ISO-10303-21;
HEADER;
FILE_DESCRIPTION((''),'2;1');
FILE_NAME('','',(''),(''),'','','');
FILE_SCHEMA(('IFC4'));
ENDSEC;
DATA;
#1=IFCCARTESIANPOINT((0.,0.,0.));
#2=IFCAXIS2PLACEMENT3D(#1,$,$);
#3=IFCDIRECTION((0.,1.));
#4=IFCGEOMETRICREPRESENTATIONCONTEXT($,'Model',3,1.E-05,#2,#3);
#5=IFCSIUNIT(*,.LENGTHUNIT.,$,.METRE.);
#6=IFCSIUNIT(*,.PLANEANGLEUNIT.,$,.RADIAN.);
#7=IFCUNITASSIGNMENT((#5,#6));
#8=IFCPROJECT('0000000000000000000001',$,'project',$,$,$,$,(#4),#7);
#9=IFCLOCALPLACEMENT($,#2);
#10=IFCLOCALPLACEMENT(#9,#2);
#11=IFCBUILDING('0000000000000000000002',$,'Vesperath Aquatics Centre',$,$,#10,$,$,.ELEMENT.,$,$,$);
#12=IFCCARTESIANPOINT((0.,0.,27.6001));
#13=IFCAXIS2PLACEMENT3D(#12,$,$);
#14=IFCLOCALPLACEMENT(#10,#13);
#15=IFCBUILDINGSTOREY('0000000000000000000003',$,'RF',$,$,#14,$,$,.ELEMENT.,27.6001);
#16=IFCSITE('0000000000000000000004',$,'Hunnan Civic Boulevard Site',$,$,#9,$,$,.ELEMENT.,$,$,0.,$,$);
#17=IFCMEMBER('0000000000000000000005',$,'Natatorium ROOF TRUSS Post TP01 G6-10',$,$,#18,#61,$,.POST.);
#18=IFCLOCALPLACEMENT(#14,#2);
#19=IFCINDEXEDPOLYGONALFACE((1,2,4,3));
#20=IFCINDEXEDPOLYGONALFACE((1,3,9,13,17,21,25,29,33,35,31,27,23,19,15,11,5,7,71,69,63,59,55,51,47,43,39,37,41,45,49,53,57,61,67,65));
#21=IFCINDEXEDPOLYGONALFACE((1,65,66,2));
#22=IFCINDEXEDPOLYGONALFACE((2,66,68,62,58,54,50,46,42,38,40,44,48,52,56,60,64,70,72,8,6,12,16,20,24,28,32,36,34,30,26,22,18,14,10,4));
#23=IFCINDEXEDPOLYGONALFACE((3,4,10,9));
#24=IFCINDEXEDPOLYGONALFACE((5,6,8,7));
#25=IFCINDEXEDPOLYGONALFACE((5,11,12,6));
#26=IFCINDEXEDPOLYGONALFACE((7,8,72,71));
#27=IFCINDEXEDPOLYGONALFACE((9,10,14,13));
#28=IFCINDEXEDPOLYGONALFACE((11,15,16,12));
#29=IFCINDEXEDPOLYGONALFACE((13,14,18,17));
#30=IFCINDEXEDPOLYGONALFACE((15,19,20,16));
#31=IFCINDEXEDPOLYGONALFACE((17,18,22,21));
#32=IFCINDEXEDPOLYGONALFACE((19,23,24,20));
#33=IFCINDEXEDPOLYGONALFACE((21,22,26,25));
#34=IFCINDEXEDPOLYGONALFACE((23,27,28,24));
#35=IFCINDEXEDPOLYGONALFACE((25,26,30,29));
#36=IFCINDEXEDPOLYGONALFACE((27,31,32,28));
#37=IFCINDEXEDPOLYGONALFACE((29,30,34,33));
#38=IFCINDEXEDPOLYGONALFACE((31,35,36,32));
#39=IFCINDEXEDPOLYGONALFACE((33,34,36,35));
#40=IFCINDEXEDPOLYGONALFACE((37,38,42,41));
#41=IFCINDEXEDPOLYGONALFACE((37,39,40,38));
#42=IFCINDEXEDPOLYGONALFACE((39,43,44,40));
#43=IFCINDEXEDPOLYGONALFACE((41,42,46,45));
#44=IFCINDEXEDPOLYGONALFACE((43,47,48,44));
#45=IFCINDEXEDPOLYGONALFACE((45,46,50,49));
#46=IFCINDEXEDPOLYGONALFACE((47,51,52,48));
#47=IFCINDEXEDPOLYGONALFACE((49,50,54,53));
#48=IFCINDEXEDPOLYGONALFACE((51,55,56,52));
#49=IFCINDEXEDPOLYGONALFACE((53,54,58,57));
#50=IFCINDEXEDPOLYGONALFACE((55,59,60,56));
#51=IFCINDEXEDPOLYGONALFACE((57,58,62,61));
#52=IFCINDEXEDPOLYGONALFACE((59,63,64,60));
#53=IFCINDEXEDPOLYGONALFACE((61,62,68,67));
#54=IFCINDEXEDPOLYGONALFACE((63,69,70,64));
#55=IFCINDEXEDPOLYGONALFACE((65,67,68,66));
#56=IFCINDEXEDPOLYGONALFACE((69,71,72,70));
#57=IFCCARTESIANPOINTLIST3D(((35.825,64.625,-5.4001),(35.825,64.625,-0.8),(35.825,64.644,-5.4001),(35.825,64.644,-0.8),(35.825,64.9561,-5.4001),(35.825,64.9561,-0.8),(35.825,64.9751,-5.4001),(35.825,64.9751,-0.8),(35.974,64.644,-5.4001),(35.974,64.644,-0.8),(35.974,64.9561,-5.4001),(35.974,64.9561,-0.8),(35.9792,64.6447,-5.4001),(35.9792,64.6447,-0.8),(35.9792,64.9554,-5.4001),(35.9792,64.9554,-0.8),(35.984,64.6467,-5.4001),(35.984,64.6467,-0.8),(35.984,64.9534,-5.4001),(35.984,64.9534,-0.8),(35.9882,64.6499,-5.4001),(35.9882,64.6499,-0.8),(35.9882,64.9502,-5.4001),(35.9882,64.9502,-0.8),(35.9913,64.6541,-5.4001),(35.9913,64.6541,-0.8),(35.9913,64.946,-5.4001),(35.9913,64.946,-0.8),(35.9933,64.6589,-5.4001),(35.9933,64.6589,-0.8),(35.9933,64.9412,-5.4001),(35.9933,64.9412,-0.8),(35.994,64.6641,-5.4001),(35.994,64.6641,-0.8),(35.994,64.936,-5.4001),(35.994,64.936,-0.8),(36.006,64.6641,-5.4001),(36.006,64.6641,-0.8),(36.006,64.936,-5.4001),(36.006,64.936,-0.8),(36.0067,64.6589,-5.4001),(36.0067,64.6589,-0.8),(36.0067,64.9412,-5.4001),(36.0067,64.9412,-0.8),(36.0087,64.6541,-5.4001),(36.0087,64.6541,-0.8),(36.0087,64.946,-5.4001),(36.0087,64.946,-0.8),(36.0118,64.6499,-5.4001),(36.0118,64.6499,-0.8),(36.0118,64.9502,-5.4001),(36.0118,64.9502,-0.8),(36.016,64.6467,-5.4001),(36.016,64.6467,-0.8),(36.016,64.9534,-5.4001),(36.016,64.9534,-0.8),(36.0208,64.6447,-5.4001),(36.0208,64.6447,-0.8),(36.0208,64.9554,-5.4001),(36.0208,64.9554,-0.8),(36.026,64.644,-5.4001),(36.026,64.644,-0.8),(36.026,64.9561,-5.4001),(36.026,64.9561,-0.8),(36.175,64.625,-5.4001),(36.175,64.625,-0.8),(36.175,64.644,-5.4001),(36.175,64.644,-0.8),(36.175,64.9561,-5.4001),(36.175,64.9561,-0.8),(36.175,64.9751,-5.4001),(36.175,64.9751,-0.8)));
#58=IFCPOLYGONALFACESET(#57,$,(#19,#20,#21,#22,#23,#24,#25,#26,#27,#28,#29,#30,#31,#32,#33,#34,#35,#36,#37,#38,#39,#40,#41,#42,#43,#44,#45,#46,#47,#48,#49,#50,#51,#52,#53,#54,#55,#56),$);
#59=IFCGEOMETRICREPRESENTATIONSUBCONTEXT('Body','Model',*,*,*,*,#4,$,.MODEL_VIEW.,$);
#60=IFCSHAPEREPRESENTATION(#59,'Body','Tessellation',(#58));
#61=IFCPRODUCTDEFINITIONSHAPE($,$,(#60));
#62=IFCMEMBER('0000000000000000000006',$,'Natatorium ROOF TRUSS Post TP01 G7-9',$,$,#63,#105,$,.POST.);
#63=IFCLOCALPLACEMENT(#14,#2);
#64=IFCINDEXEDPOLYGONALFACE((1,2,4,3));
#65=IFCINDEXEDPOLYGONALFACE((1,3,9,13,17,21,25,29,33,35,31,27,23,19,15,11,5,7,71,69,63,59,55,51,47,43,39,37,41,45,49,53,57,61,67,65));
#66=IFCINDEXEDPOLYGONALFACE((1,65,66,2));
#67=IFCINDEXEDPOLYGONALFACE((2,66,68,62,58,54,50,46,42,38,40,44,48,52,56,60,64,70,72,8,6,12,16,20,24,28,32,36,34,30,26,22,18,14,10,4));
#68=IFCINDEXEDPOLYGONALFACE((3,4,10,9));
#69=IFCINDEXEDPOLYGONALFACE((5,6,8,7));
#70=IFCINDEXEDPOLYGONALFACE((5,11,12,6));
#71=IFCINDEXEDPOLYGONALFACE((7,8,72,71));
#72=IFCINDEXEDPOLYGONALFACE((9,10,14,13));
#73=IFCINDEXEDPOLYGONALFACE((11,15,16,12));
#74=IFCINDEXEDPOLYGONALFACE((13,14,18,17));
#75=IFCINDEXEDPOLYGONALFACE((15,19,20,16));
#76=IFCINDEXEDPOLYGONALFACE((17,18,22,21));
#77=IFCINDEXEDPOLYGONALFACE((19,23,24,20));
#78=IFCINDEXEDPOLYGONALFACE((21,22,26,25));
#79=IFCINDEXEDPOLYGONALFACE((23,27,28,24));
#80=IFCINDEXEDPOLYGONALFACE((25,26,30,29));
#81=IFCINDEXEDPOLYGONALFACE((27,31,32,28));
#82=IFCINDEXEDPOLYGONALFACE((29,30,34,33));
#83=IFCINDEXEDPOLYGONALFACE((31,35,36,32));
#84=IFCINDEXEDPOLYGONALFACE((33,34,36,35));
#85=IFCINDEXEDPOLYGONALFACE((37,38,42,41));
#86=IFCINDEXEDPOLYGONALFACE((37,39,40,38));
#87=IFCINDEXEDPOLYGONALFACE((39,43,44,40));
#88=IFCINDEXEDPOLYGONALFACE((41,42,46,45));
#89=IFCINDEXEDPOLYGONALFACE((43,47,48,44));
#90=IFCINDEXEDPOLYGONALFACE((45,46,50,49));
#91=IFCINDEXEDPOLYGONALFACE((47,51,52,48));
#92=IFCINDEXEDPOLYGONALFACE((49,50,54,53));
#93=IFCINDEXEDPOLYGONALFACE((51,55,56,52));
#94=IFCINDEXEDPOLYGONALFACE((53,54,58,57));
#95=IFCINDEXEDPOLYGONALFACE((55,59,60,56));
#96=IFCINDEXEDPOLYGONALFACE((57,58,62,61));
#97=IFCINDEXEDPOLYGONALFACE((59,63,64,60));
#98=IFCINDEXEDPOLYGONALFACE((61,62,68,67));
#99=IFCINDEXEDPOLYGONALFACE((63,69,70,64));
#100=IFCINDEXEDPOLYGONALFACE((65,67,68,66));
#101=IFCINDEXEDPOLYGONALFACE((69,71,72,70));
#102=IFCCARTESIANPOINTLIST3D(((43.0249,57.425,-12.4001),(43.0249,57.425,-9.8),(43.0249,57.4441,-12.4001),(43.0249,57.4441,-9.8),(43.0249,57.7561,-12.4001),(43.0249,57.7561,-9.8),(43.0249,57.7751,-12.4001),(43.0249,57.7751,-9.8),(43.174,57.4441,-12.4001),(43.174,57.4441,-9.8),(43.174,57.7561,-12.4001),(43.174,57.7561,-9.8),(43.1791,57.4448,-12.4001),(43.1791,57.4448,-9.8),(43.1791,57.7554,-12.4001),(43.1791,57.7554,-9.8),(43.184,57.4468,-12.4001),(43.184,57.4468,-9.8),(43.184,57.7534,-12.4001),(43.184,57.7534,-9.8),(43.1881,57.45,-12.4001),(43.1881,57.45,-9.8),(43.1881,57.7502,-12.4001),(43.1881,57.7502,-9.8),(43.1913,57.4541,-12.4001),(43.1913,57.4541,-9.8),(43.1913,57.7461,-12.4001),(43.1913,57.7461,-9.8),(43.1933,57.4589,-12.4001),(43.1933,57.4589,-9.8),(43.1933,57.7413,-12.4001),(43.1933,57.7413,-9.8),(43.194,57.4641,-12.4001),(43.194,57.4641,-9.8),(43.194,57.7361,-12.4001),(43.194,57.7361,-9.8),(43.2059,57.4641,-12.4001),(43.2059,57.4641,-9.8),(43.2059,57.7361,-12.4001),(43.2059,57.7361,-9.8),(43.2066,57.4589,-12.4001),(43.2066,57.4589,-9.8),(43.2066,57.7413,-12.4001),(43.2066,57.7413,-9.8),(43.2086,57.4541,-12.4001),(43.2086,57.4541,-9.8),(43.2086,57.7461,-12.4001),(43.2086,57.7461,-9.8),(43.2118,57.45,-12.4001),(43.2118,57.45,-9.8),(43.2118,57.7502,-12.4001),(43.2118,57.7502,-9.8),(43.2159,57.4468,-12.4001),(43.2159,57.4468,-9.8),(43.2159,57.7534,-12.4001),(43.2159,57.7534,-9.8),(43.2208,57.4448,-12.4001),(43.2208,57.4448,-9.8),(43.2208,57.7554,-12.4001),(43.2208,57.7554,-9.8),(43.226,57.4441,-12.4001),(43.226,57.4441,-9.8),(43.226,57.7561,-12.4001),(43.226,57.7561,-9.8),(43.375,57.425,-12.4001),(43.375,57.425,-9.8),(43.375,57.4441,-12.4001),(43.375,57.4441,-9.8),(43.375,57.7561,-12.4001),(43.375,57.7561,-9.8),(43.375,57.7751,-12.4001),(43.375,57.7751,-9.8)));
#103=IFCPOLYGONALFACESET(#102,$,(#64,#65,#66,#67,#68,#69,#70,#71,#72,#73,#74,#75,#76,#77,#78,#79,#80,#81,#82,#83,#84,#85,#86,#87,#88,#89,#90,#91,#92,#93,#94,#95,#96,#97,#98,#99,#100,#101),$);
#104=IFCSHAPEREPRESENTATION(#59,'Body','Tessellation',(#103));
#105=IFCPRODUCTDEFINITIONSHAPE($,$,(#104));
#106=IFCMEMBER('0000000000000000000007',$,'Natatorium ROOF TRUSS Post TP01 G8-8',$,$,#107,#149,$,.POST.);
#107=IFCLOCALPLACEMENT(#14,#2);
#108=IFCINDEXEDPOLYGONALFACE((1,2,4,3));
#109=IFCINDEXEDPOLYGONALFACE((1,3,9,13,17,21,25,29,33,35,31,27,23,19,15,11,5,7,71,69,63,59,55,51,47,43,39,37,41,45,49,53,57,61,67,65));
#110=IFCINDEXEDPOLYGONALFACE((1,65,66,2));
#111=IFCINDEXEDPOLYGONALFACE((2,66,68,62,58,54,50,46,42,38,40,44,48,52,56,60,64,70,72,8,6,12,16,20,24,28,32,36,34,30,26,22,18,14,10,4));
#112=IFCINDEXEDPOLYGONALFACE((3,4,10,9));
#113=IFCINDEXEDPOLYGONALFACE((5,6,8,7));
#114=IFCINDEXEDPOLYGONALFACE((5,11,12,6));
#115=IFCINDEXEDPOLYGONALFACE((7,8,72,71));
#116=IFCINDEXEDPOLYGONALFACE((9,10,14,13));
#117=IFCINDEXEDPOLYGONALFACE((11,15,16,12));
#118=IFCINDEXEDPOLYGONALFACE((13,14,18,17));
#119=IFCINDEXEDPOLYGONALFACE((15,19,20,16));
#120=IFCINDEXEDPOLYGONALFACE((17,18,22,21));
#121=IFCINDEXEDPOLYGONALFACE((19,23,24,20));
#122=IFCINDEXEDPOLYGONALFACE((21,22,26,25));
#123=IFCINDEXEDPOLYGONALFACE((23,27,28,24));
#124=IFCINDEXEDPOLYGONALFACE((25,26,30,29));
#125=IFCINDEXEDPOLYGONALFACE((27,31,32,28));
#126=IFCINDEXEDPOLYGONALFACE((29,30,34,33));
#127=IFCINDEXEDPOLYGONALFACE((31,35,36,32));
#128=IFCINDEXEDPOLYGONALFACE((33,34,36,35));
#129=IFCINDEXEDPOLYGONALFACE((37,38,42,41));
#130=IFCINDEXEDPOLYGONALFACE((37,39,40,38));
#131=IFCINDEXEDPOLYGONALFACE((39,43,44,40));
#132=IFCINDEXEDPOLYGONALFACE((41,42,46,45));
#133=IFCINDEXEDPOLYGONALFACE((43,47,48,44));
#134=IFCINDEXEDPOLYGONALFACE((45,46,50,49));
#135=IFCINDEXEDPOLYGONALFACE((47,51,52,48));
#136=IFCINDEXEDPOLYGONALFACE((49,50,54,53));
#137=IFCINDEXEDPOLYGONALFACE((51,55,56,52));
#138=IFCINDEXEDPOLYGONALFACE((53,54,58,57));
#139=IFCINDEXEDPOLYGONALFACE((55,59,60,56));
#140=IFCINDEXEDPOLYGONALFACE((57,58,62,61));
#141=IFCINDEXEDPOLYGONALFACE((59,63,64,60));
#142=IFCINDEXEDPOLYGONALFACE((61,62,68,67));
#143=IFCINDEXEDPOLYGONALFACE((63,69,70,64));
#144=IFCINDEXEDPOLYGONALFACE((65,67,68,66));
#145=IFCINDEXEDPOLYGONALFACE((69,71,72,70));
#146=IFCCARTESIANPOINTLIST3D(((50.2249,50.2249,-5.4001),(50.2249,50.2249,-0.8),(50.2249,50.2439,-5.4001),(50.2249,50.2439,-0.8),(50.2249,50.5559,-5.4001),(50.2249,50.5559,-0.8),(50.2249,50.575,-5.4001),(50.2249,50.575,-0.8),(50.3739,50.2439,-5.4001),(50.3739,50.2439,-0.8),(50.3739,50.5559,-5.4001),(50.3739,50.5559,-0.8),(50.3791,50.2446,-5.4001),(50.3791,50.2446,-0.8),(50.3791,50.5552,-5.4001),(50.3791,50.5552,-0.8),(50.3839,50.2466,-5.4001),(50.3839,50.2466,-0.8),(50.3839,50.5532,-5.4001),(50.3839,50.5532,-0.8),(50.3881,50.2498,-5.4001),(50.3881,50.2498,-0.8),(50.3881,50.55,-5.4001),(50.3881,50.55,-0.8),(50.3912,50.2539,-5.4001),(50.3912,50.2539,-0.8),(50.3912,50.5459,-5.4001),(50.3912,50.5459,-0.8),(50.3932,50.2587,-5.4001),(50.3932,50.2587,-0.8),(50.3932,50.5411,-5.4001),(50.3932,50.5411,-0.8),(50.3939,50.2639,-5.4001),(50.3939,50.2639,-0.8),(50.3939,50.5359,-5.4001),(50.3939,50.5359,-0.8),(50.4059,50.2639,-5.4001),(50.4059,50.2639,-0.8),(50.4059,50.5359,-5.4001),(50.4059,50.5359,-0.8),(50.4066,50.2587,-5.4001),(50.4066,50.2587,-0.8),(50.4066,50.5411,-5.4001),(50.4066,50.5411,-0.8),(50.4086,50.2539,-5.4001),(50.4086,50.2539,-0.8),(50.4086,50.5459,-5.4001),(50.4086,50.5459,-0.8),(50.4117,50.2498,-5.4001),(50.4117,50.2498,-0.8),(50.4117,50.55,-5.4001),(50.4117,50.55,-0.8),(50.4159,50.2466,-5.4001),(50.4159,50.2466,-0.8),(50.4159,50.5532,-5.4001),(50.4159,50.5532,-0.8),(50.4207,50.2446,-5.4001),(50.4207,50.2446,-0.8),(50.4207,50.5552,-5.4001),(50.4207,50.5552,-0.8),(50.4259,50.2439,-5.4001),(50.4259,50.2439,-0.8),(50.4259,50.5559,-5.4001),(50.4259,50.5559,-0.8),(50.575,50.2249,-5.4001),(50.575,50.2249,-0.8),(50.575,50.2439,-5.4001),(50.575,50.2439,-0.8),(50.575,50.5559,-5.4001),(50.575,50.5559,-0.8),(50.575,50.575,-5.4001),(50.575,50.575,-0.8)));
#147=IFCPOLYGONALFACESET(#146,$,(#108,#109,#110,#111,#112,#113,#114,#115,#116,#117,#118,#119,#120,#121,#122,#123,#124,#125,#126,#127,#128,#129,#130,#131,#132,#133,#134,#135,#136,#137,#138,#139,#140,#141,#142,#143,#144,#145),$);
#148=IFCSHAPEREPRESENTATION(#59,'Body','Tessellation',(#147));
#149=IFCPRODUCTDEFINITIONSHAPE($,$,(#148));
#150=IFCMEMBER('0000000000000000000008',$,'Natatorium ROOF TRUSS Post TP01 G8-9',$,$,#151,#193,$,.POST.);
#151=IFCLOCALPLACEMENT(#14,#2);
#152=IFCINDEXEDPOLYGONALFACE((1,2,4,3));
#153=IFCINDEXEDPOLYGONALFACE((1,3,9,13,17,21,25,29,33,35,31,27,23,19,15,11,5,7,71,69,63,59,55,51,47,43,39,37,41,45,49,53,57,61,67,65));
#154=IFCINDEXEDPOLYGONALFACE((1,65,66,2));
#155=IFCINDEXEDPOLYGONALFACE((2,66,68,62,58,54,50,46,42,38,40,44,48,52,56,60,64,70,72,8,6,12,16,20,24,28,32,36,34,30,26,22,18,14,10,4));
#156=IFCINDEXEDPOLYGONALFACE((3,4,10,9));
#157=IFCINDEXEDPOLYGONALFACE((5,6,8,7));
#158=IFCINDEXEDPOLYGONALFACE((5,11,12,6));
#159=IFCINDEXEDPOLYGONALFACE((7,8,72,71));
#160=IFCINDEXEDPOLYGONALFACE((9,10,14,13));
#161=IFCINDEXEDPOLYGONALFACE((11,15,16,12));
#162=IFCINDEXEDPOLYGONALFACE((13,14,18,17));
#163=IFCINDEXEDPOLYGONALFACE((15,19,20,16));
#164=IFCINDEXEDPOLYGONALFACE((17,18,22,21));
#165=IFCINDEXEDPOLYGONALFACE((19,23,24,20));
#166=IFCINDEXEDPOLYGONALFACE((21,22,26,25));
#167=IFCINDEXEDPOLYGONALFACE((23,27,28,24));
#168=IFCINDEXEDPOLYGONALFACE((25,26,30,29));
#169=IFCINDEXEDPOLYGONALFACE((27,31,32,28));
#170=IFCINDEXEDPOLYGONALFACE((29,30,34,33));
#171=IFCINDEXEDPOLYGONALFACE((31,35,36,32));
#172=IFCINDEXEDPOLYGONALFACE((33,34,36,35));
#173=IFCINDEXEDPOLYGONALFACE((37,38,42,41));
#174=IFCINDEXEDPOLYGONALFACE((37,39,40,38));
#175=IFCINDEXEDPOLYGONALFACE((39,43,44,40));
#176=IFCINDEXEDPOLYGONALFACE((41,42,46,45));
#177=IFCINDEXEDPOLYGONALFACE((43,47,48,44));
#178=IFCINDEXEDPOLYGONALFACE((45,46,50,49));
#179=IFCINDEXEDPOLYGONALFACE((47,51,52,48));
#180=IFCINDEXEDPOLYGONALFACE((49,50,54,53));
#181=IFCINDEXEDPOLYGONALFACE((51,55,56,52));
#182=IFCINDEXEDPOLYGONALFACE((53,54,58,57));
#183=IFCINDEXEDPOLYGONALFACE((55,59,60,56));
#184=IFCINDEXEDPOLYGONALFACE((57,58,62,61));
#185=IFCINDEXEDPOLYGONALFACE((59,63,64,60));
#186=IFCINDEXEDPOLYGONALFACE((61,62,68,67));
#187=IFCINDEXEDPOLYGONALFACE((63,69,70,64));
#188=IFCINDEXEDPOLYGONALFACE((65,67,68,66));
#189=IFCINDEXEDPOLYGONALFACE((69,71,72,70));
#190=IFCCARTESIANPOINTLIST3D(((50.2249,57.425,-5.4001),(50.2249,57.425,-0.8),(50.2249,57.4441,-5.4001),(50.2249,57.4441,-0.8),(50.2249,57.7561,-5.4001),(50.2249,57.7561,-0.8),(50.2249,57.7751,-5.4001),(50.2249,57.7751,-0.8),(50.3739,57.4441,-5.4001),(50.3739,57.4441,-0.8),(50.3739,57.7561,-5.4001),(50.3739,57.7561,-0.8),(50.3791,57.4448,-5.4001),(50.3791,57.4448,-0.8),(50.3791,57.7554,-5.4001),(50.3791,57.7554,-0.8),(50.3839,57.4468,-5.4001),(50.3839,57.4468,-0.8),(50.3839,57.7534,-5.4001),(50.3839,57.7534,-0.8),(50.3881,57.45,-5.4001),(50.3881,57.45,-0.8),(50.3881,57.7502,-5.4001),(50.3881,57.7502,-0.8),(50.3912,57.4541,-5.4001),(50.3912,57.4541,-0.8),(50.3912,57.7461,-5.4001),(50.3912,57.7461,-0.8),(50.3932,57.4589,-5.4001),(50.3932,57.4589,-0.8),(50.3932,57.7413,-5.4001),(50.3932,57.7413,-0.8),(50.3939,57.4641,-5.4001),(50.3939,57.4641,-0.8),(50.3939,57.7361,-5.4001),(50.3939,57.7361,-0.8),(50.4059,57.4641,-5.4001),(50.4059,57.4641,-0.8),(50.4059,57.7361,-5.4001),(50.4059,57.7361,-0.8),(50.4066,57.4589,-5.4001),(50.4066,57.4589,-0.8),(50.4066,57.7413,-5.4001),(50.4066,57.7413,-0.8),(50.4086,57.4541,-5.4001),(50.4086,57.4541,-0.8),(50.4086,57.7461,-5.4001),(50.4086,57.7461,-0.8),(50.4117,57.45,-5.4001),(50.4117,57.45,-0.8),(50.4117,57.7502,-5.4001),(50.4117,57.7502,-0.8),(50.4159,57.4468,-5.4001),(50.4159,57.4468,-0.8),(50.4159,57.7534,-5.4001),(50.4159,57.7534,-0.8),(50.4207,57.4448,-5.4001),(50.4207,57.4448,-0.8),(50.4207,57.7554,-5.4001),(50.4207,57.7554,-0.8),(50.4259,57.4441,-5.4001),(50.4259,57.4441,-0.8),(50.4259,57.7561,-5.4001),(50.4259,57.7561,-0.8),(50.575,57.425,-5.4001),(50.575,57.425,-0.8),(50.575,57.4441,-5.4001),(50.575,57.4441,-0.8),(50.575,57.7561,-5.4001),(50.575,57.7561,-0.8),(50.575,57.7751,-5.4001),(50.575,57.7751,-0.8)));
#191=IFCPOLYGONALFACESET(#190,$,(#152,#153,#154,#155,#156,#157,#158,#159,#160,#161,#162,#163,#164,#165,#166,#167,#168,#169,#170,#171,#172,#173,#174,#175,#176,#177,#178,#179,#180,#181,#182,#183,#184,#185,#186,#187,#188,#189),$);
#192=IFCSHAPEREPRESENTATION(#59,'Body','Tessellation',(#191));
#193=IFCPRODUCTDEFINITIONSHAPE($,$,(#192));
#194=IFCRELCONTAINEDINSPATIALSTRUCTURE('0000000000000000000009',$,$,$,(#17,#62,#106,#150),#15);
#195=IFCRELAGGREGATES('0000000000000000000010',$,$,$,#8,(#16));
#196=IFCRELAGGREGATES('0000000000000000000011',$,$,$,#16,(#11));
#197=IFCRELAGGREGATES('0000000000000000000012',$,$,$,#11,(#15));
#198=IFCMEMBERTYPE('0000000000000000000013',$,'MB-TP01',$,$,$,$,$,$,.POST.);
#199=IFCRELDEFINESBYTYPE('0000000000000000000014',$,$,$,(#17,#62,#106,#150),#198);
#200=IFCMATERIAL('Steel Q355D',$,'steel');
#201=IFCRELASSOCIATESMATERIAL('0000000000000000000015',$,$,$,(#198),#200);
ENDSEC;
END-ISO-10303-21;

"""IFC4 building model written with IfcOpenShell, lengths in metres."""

from ifc_helpers import new_model, si_unit, direction, frame, origin, origin_2d, place, context, subcontext, project, spatial, i_section, extrude, material, material_profile, profile_set, type_object, element, save


model = new_model("IFC4")

# Units and contexts
model_context = context("Model", 3, precision=1e-05, world=origin(), true_north=direction((0.0, 1.0)))
body_context = subcontext(model_context, "Body", "Model", "MODEL_VIEW")
ifc_project = project(units=[si_unit("LENGTHUNIT", "METRE"), si_unit("PLANEANGLEUNIT", "RADIAN")], contexts=[model_context])

# Site, building, storey
site_placement = place(None, origin())
site = spatial("IfcSite", under=ifc_project, at=site_placement, Name="Hunnan Civic Boulevard Site", CompositionType="ELEMENT", RefElevation=0.0)
building_placement = place(site_placement, origin())
building = spatial("IfcBuilding", under=site, at=building_placement, Name="Vesperath Aquatics Centre", CompositionType="ELEMENT")
storey_placement = place(building_placement, frame((0.0, 0.0, 27.6001)))
storey = spatial("IfcBuildingStorey", under=building, at=storey_placement, Name="RF", CompositionType="ELEMENT", Elevation=27.6001)

# Members
ifc_material_1 = material(Name="Steel Q355D", Category="steel")
ifc_material_profile_1 = material_profile(ifc_material_1, i_section(OverallWidth=0.3501, OverallDepth=0.3501, WebThickness=0.012, FlangeThickness=0.019, FilletRadius=0.02, at=origin_2d()), Name="HW 350x350x12x19")
ifc_profile_set_1 = profile_set([ifc_material_profile_1], Name="Steel Q355D")
member_type_1 = type_object("IfcMemberType", Name="MB-TP01", PredefinedType="POST", material=ifc_profile_set_1)
for number, where, z_axis, x_axis, name in (
    (1, (36.0, 64.8, -5.4001), (0.0, 0.0, 1.0), (1.0, 0.0, 0.0), "Natatorium ROOF TRUSS Post TP01 G6-10"),
):
    element("IfcMember", number, at=place(storey_placement, frame(where, z_axis=z_axis, x_axis=x_axis)), inside=storey, type_object=member_type_1, Name=name, PredefinedType="POST", context=body_context, shape_type="SweptSolid", body=[
        extrude(i_section(OverallWidth=0.3501, OverallDepth=0.3501, WebThickness=0.012, FlangeThickness=0.019, FilletRadius=0.02, at=origin_2d()), origin(), (0.0, 0.0, 1.0), 4.6001),
    ])
member_1_placement = place(storey_placement, frame((43.2, 57.6001, -12.4001), z_axis=(0.0, 0.0, 1.0), x_axis=(1.0, 0.0, 0.0)))
element("IfcMember", 2, at=member_1_placement, inside=storey, type_object=member_type_1, Name="Natatorium ROOF TRUSS Post TP01 G7-9", PredefinedType="POST", context=body_context, shape_type="SweptSolid", body=[
    extrude(i_section(OverallWidth=0.3501, OverallDepth=0.3501, WebThickness=0.012, FlangeThickness=0.019, FilletRadius=0.02, at=origin_2d()), origin(), (0.0, 0.0, 1.0), 2.6001),
])
for number, where, z_axis, x_axis, name in (
    (3, (50.3999, 50.3999, -5.4001), (0.0, 0.0, 1.0), (1.0, 0.0, 0.0), "Natatorium ROOF TRUSS Post TP01 G8-8"),
    (4, (50.3999, 57.6001, -5.4001), (0.0, 0.0, 1.0), (1.0, 0.0, 0.0), "Natatorium ROOF TRUSS Post TP01 G8-9"),
):
    element("IfcMember", number, at=place(storey_placement, frame(where, z_axis=z_axis, x_axis=x_axis)), inside=storey, type_object=member_type_1, Name=name, PredefinedType="POST", context=body_context, shape_type="SweptSolid", body=[
        extrude(i_section(OverallWidth=0.3501, OverallDepth=0.3501, WebThickness=0.012, FlangeThickness=0.019, FilletRadius=0.02, at=origin_2d()), origin(), (0.0, 0.0, 1.0), 4.6001),
    ])

save(model, "model.ifc")
